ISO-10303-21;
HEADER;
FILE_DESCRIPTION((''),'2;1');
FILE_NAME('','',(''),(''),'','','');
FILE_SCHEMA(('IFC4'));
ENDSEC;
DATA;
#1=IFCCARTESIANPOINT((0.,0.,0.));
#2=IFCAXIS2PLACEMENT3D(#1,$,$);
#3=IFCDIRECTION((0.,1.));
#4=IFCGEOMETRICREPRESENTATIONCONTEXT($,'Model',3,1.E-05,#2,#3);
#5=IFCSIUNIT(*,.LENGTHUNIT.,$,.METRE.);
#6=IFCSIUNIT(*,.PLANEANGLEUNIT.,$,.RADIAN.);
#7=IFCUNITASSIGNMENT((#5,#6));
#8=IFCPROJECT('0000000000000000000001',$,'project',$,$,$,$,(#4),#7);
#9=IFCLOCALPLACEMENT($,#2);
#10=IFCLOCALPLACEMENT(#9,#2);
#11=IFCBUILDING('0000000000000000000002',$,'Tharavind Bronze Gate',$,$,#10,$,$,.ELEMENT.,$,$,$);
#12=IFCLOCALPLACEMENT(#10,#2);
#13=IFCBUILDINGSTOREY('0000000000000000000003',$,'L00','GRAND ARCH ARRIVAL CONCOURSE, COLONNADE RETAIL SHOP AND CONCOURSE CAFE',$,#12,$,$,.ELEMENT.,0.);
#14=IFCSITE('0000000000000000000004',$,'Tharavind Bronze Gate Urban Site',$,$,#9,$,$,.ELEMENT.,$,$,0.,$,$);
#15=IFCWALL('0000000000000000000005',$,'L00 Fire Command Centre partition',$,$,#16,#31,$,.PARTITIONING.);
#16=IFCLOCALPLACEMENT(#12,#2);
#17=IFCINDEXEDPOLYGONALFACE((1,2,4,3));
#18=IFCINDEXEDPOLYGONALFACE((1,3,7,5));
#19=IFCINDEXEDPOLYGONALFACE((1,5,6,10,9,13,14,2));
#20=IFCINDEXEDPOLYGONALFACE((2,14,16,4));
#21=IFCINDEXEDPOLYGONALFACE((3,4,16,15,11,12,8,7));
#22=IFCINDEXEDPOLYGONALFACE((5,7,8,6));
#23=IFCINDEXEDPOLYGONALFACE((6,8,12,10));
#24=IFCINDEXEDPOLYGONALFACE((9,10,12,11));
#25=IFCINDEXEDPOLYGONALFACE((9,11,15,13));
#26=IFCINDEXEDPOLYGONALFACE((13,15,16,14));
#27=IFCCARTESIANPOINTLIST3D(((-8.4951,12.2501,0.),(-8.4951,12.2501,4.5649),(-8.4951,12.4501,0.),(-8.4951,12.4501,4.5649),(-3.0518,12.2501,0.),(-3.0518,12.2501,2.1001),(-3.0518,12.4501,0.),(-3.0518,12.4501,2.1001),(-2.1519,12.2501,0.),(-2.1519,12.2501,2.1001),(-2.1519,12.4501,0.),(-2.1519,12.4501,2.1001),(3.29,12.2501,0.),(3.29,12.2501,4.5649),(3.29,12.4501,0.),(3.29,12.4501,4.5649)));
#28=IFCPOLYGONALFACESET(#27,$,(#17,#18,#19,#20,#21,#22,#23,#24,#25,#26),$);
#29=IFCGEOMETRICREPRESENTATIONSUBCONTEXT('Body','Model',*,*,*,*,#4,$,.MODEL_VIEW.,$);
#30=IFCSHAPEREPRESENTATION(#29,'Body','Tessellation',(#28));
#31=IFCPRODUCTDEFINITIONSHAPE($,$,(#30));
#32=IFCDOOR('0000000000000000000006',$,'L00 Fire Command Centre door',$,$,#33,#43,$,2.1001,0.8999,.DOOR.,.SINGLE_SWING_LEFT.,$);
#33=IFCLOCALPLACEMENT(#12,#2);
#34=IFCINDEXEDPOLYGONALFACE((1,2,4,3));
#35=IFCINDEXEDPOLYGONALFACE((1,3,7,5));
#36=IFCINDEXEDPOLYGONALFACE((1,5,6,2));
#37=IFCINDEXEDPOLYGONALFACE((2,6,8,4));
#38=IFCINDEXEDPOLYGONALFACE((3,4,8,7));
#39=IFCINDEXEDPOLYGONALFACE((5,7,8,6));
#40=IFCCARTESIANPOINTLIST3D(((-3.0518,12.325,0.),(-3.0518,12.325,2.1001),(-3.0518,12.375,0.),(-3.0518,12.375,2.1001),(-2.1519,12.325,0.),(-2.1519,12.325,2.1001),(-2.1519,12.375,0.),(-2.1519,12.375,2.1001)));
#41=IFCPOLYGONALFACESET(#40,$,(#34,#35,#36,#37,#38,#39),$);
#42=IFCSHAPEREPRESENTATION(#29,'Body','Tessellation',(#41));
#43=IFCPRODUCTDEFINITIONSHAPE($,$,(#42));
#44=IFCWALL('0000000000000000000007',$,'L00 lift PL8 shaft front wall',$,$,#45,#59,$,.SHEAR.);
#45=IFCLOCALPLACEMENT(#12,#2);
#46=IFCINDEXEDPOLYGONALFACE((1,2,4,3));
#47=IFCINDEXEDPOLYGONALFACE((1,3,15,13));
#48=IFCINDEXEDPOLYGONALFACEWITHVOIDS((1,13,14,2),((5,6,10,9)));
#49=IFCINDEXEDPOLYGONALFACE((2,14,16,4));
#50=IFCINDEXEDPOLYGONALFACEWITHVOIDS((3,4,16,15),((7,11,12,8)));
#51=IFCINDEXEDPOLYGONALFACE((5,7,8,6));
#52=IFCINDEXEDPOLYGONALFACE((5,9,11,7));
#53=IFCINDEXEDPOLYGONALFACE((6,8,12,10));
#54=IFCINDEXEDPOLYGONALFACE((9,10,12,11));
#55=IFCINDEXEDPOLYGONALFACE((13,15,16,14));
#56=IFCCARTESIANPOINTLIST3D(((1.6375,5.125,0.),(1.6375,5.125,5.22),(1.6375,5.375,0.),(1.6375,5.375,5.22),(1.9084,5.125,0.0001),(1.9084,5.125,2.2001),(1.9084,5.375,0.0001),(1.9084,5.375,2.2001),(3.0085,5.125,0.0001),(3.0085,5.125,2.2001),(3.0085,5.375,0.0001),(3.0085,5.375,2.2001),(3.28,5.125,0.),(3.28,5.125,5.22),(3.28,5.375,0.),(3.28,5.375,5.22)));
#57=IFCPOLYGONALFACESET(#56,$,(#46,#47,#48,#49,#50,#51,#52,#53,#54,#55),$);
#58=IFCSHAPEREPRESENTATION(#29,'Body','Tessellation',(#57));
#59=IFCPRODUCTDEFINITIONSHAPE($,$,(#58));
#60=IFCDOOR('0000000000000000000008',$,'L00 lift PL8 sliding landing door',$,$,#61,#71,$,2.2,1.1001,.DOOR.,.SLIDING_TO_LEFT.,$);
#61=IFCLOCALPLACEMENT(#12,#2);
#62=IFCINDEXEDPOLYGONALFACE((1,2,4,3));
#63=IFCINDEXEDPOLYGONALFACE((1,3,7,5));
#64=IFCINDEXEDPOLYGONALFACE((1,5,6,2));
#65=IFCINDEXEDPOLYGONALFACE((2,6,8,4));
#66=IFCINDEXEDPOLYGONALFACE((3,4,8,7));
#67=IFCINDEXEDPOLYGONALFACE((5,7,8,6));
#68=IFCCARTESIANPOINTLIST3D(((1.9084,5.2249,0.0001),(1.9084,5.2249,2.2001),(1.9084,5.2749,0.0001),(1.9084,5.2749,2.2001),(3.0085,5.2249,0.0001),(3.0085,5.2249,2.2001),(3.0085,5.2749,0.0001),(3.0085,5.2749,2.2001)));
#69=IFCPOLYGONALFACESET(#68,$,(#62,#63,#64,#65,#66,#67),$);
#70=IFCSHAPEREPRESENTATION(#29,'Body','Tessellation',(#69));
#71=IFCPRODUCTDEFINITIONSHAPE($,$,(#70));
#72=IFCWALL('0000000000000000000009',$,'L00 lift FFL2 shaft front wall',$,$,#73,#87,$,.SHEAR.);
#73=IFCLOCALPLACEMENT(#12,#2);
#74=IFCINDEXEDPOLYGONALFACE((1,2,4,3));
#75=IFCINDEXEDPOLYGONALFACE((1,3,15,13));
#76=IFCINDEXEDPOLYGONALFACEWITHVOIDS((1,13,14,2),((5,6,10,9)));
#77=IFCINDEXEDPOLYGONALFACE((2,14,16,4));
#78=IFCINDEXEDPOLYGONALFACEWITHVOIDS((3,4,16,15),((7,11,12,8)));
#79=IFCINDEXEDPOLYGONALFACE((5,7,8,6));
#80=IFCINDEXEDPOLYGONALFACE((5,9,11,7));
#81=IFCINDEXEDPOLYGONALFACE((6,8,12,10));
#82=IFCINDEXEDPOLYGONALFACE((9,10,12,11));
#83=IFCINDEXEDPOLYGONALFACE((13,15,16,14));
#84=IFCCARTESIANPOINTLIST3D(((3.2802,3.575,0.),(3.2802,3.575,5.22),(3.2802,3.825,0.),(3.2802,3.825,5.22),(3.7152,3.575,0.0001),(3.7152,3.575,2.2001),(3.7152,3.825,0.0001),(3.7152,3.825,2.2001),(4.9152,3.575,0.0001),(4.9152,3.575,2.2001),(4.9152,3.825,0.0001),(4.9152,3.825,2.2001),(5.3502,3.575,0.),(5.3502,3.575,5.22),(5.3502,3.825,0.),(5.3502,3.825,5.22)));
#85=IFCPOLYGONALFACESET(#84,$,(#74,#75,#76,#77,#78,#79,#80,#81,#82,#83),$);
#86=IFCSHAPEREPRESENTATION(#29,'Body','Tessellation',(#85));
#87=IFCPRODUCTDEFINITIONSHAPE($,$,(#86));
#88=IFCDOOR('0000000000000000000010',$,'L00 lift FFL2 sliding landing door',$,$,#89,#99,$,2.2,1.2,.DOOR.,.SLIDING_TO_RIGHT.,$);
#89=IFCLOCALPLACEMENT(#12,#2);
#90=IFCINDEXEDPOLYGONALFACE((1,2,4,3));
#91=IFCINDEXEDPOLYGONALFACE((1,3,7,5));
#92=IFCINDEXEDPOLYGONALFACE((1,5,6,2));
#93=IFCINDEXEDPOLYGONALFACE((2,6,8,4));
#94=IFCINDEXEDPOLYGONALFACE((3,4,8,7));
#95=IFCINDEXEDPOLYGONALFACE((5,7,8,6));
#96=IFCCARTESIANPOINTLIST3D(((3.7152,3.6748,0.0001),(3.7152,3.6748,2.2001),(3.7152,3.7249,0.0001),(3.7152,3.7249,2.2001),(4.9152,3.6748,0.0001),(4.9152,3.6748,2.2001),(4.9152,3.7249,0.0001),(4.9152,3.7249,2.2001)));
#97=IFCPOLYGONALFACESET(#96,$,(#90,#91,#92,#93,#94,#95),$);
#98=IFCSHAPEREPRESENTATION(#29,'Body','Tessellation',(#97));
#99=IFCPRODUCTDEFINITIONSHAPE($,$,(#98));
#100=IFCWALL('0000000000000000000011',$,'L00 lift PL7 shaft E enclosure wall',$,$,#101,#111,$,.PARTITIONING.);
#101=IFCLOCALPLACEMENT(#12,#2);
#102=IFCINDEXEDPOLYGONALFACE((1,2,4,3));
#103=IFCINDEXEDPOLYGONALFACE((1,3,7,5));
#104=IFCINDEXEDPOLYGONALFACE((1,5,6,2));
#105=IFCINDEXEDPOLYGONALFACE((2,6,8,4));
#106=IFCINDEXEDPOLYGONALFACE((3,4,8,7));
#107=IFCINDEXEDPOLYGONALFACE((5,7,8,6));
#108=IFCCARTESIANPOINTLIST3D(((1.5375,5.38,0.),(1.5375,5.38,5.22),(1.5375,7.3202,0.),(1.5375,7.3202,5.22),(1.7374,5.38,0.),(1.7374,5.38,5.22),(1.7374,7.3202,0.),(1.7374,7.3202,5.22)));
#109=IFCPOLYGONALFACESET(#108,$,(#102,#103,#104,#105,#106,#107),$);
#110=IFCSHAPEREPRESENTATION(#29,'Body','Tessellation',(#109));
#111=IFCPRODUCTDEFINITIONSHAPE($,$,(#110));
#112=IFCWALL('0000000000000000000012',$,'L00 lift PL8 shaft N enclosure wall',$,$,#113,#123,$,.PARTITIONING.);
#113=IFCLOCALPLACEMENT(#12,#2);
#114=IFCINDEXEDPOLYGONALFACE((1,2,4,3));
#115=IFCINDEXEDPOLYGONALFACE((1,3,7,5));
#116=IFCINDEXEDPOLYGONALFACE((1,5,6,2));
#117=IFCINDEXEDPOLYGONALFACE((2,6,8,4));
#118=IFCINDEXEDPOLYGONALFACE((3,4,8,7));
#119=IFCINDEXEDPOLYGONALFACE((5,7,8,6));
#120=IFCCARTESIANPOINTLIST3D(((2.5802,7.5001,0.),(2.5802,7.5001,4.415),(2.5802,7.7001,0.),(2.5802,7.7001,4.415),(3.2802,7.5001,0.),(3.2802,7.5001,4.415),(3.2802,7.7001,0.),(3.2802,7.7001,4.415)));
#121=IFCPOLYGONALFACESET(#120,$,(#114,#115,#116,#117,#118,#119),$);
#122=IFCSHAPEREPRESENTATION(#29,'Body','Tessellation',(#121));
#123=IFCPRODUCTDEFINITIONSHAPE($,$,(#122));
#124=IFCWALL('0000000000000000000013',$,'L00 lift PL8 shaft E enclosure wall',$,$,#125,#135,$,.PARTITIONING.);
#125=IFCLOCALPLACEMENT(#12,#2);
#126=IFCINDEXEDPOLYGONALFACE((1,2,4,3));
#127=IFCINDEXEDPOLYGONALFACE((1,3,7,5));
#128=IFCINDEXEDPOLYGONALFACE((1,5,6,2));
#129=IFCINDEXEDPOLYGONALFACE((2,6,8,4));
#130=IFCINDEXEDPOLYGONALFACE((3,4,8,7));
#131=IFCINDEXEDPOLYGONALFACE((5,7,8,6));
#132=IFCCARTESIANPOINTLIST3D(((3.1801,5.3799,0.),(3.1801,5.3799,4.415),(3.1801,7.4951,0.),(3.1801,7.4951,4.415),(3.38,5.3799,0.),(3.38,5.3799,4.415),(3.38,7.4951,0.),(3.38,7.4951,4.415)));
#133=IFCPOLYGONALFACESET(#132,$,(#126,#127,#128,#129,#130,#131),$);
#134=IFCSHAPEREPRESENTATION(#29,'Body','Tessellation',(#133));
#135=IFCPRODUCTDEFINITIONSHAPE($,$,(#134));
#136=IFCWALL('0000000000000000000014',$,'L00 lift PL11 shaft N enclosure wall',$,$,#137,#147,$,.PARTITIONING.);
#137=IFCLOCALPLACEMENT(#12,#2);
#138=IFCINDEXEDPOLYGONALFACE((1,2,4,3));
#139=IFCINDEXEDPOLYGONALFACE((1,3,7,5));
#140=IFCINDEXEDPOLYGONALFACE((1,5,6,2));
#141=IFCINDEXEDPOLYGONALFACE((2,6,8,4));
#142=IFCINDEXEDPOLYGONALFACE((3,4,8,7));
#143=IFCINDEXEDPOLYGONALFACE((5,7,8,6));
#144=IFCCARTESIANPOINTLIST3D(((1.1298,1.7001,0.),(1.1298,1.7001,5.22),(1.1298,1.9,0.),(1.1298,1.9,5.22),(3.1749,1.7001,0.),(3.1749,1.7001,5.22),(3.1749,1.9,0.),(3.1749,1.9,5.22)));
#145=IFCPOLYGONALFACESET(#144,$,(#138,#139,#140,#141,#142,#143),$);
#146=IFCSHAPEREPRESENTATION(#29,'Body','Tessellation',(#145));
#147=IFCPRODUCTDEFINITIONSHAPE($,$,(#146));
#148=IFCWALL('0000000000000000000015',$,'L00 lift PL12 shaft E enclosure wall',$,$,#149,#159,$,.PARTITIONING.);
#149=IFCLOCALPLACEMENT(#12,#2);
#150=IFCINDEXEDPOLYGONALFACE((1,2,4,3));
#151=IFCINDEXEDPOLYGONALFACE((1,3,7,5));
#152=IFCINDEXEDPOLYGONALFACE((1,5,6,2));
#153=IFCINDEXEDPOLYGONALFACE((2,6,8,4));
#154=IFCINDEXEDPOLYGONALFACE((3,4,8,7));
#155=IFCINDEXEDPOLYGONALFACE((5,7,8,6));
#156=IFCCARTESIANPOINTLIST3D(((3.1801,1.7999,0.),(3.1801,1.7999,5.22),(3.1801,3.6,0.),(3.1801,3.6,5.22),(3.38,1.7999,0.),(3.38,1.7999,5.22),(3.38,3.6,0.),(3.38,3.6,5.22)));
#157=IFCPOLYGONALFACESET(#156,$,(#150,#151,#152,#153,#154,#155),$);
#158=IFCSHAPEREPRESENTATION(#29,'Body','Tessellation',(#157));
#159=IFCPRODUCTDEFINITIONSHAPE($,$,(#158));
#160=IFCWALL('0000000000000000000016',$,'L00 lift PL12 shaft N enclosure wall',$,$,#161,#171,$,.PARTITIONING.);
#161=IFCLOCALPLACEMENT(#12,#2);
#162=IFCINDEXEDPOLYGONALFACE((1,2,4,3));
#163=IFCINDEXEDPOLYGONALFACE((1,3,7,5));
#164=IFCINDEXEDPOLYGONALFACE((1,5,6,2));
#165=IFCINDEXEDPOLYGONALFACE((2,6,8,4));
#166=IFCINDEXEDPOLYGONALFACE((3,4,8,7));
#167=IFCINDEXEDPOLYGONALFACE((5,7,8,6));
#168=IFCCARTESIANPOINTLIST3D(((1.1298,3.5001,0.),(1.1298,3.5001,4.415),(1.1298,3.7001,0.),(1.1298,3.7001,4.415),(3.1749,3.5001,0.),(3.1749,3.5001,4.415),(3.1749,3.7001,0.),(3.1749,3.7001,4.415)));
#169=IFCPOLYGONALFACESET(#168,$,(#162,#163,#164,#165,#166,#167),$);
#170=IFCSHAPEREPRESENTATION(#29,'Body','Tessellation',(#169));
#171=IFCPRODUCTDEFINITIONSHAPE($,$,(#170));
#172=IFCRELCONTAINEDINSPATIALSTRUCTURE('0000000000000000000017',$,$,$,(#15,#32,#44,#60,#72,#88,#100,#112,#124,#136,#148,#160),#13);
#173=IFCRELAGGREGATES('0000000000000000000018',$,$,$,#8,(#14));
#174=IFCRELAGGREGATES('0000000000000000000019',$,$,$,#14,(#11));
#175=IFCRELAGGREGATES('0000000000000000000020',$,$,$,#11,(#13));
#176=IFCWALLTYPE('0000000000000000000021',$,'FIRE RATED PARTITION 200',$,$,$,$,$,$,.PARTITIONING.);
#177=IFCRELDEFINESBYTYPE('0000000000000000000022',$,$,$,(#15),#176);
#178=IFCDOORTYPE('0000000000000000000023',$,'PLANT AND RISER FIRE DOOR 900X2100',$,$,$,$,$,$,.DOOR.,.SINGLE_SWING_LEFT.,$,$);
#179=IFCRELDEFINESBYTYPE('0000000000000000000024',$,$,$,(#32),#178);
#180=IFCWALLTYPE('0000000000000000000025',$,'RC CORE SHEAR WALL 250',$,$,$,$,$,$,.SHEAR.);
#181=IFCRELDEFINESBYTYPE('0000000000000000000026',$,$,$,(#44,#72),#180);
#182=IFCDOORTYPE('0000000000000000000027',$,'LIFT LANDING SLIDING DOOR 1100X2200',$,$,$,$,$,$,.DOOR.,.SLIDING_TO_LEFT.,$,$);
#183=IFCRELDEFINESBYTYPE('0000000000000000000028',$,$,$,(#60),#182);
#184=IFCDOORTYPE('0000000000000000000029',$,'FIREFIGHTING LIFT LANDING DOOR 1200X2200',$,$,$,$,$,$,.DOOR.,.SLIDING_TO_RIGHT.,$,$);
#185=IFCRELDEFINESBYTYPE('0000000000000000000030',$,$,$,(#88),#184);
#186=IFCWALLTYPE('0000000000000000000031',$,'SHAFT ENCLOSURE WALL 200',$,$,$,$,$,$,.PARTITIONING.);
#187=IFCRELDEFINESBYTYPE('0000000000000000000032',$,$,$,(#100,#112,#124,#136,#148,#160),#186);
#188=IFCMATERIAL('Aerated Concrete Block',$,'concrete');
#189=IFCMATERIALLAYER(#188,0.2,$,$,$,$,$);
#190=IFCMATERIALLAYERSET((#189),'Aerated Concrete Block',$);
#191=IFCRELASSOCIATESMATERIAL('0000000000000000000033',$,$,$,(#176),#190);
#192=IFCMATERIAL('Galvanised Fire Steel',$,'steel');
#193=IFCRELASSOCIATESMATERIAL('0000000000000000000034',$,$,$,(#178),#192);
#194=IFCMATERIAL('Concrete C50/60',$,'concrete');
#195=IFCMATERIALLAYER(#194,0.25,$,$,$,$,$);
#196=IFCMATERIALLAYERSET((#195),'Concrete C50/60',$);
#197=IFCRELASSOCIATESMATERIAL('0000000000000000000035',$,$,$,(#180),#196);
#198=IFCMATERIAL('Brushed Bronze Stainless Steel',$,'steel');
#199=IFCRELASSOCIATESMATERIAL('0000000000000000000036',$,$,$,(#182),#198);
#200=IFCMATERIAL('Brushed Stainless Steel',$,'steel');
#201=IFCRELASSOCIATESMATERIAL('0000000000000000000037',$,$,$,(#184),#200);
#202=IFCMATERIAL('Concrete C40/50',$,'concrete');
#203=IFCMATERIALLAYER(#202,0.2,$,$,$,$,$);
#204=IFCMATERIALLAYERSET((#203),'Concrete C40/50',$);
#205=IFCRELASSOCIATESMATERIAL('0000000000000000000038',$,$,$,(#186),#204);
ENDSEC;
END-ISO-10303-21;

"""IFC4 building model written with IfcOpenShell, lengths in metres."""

from ifc_helpers import new_model, si_unit, direction, frame, frame_2d, origin, place, context, subcontext, project, spatial, rectangle, extrude, material, layer, layer_set, type_object, element, fill, save


model = new_model("IFC4")

# Units and contexts
model_context = context("Model", 3, precision=1e-05, world=origin(), true_north=direction((0.0, 1.0)))
body_context = subcontext(model_context, "Body", "Model", "MODEL_VIEW")
ifc_project = project(units=[si_unit("LENGTHUNIT", "METRE"), si_unit("PLANEANGLEUNIT", "RADIAN")], contexts=[model_context])

# Site, building, storey
site_placement = place(None, origin())
site = spatial("IfcSite", under=ifc_project, at=site_placement, Name="Tharavind Bronze Gate Urban Site", CompositionType="ELEMENT", RefElevation=0.0)
building_placement = place(site_placement, origin())
building = spatial("IfcBuilding", under=site, at=building_placement, Name="Tharavind Bronze Gate", CompositionType="ELEMENT")
storey_placement = place(building_placement, origin())
storey = spatial("IfcBuildingStorey", under=building, at=storey_placement, Name="L00", Description="GRAND ARCH ARRIVAL CONCOURSE, COLONNADE RETAIL SHOP AND CONCOURSE CAFE", CompositionType="ELEMENT", Elevation=0.0)

# Shared definitions
ifc_material_1 = material(Name="Concrete C50/60", Category="concrete")

# Shared definitions
ifc_material_2 = material(Name="Aerated Concrete Block", Category="concrete")
ifc_layer_1 = layer(ifc_material_2, 0.2)
ifc_layer_set_1 = layer_set([ifc_layer_1], Name="Aerated Concrete Block")
wall_type_1 = type_object("IfcWallType", Name="FIRE RATED PARTITION 200", PredefinedType="PARTITIONING", material=ifc_layer_set_1)

# Walls, openings, doors
wall_1_placement = place(storey_placement, frame((3.29, 12.3501, 0.0), z_axis=(0.0, 0.0, 1.0), x_axis=(-1.0, 0.0, 0.0)))
wall_1 = element("IfcWall", 1, at=wall_1_placement, inside=storey, type_object=wall_type_1, Name="L00 Fire Command Centre partition", PredefinedType="PARTITIONING", context=body_context, shape_type="SweptSolid", body=[
    extrude(rectangle(XDim=11.7852, YDim=0.2, at=frame_2d((5.8926, 0.0))), origin(), (0.0, 0.0, 1.0), 4.5649),
])
opening_1_placement = place(wall_1_placement, frame((5.4419, 0.0, 0.0)))
opening_1 = element("IfcOpeningElement", 2, at=opening_1_placement, cuts=wall_1, PredefinedType="OPENING", context=body_context, shape_type="SweptSolid", body=[
    extrude(rectangle(XDim=0.8999, YDim=2.1001, at=frame_2d((0.45, 1.05))), frame((0.0, 0.1101, 0.0), z_axis=(0.0, -1.0, 0.0), x_axis=(1.0, 0.0, 0.0)), (0.0, 0.0, 1.0), 0.22),
])
ifc_material_3 = material(Name="Galvanised Fire Steel", Category="steel")
door_type_1 = type_object("IfcDoorType", Name="PLANT AND RISER FIRE DOOR 900X2100", OperationType="SINGLE_SWING_LEFT", PredefinedType="DOOR", material=ifc_material_3)
door_1_placement = place(opening_1_placement, frame((0.8999, 0.0, 0.0), z_axis=(0.0, 0.0, 1.0), x_axis=(-1.0, 0.0, 0.0)))
door_1 = element("IfcDoor", 3, at=door_1_placement, inside=storey, type_object=door_type_1, Name="L00 Fire Command Centre door", OperationType="SINGLE_SWING_LEFT", OverallHeight=2.1001, OverallWidth=0.8999, PredefinedType="DOOR", context=body_context, shape_type="SweptSolid", body=[
    extrude(rectangle(XDim=0.8999, YDim=2.1001, at=frame_2d((0.45, 1.05))), frame((0.0, 0.0249, 0.0), z_axis=(0.0, -1.0, 0.0), x_axis=(1.0, 0.0, 0.0)), (0.0, 0.0, 1.0), 0.05),
])
fill(opening_1, door_1)
ifc_layer_2 = layer(ifc_material_1, 0.25)
ifc_layer_set_2 = layer_set([ifc_layer_2], Name="Concrete C50/60")
wall_type_2 = type_object("IfcWallType", Name="RC CORE SHEAR WALL 250", PredefinedType="SHEAR", material=ifc_layer_set_2)
wall_2_placement = place(storey_placement, frame((1.6375, 5.25, 0.0), z_axis=(0.0, 0.0, 1.0), x_axis=(1.0, 0.0, 0.0)))
wall_2 = element("IfcWall", 4, at=wall_2_placement, inside=storey, type_object=wall_type_2, Name="L00 lift PL8 shaft front wall", PredefinedType="SHEAR", context=body_context, shape_type="SweptSolid", body=[
    extrude(rectangle(XDim=1.6426, YDim=0.25, at=frame_2d((0.8213, 0.0))), origin(), (0.0, 0.0, 1.0), 5.22),
])
opening_2_placement = place(wall_2_placement, frame((0.271, 0.0, 0.0)))
opening_2 = element("IfcOpeningElement", 5, at=opening_2_placement, cuts=wall_2, PredefinedType="OPENING", context=body_context, shape_type="SweptSolid", body=[
    extrude(rectangle(XDim=1.1001, YDim=2.2, at=frame_2d((0.55, 1.1001))), frame((0.0, 0.135, 0.0), z_axis=(0.0, -1.0, 0.0), x_axis=(1.0, 0.0, 0.0)), (0.0, 0.0, 1.0), 0.27),
])
ifc_material_4 = material(Name="Brushed Bronze Stainless Steel", Category="steel")
door_type_2 = type_object("IfcDoorType", Name="LIFT LANDING SLIDING DOOR 1100X2200", OperationType="SLIDING_TO_LEFT", PredefinedType="DOOR", material=ifc_material_4)
door_2_placement = place(opening_2_placement, origin())
door_2 = element("IfcDoor", 6, at=door_2_placement, inside=storey, type_object=door_type_2, Name="L00 lift PL8 sliding landing door", OperationType="SLIDING_TO_LEFT", OverallHeight=2.2, OverallWidth=1.1001, PredefinedType="DOOR", context=body_context, shape_type="SweptSolid", body=[
    extrude(rectangle(XDim=1.1001, YDim=2.2, at=frame_2d((0.55, 1.1001))), frame((0.0, 0.0249, 0.0), z_axis=(0.0, -1.0, 0.0), x_axis=(1.0, 0.0, 0.0)), (0.0, 0.0, 1.0), 0.05),
])
fill(opening_2, door_2)
wall_3_placement = place(storey_placement, frame((3.28, 3.7, 0.0), z_axis=(0.0, 0.0, 1.0), x_axis=(1.0, 0.0, 0.0)))
wall_3 = element("IfcWall", 7, at=wall_3_placement, inside=storey, type_object=wall_type_2, Name="L00 lift FFL2 shaft front wall", PredefinedType="SHEAR", context=body_context, shape_type="SweptSolid", body=[
    extrude(rectangle(XDim=2.0701, YDim=0.25, at=frame_2d((1.0352, 0.0))), origin(), (0.0, 0.0, 1.0), 5.22),
])
opening_3_placement = place(wall_3_placement, frame((0.4351, 0.0, 0.0)))
opening_3 = element("IfcOpeningElement", 8, at=opening_3_placement, cuts=wall_3, PredefinedType="OPENING", context=body_context, shape_type="SweptSolid", body=[
    extrude(rectangle(XDim=1.2, YDim=2.2, at=frame_2d((0.6001, 1.1001))), frame((0.0, 0.135, 0.0), z_axis=(0.0, -1.0, 0.0), x_axis=(1.0, 0.0, 0.0)), (0.0, 0.0, 1.0), 0.27),
])
ifc_material_5 = material(Name="Brushed Stainless Steel", Category="steel")
door_type_3 = type_object("IfcDoorType", Name="FIREFIGHTING LIFT LANDING DOOR 1200X2200", OperationType="SLIDING_TO_RIGHT", PredefinedType="DOOR", material=ifc_material_5)
door_3_placement = place(opening_3_placement, origin())
door_3 = element("IfcDoor", 9, at=door_3_placement, inside=storey, type_object=door_type_3, Name="L00 lift FFL2 sliding landing door", OperationType="SLIDING_TO_RIGHT", OverallHeight=2.2, OverallWidth=1.2, PredefinedType="DOOR", context=body_context, shape_type="SweptSolid", body=[
    extrude(rectangle(XDim=1.2, YDim=2.2, at=frame_2d((0.6001, 1.1001))), frame((0.0, 0.0249, 0.0), z_axis=(0.0, -1.0, 0.0), x_axis=(1.0, 0.0, 0.0)), (0.0, 0.0, 1.0), 0.05),
])
fill(opening_3, door_3)

# Walls
ifc_material_6 = material(Name="Concrete C40/50", Category="concrete")
ifc_layer_3 = layer(ifc_material_6, 0.2)
ifc_layer_set_3 = layer_set([ifc_layer_3], Name="Concrete C40/50")
wall_type_3 = type_object("IfcWallType", Name="SHAFT ENCLOSURE WALL 200", PredefinedType="PARTITIONING", material=ifc_layer_set_3)
wall_4_placement = place(storey_placement, frame((1.6375, 5.3799, 0.0), z_axis=(0.0, 0.0, 1.0), x_axis=(0.0, 1.0, 0.0)))
element("IfcWall", 10, at=wall_4_placement, inside=storey, type_object=wall_type_3, Name="L00 lift PL7 shaft E enclosure wall", PredefinedType="PARTITIONING", context=body_context, shape_type="SweptSolid", body=[
    extrude(rectangle(XDim=1.9402, YDim=0.2, at=frame_2d((0.9702, 0.0))), origin(), (0.0, 0.0, 1.0), 5.22),
])
wall_5_placement = place(storey_placement, frame((2.5801, 7.6001, 0.0), z_axis=(0.0, 0.0, 1.0), x_axis=(1.0, 0.0, 0.0)))
element("IfcWall", 11, at=wall_5_placement, inside=storey, type_object=wall_type_3, Name="L00 lift PL8 shaft N enclosure wall", PredefinedType="PARTITIONING", context=body_context, shape_type="SweptSolid", body=[
    extrude(rectangle(XDim=0.7, YDim=0.2, at=frame_2d((0.3501, 0.0))), origin(), (0.0, 0.0, 1.0), 4.415),
])
wall_6_placement = place(storey_placement, frame((3.28, 5.3799, 0.0), z_axis=(0.0, 0.0, 1.0), x_axis=(0.0, 1.0, 0.0)))
element("IfcWall", 12, at=wall_6_placement, inside=storey, type_object=wall_type_3, Name="L00 lift PL8 shaft E enclosure wall", PredefinedType="PARTITIONING", context=body_context, shape_type="SweptSolid", body=[
    extrude(rectangle(XDim=2.1152, YDim=0.2, at=frame_2d((1.0576, 0.0))), origin(), (0.0, 0.0, 1.0), 4.415),
])
wall_7_placement = place(storey_placement, frame((1.1299, 1.8, 0.0), z_axis=(0.0, 0.0, 1.0), x_axis=(1.0, 0.0, 0.0)))
element("IfcWall", 13, at=wall_7_placement, inside=storey, type_object=wall_type_3, Name="L00 lift PL11 shaft N enclosure wall", PredefinedType="PARTITIONING", context=body_context, shape_type="SweptSolid", body=[
    extrude(rectangle(XDim=2.0452, YDim=0.2, at=frame_2d((1.0225, 0.0))), origin(), (0.0, 0.0, 1.0), 5.22),
])
wall_8_placement = place(storey_placement, frame((3.28, 1.8, 0.0), z_axis=(0.0, 0.0, 1.0), x_axis=(0.0, 1.0, 0.0)))
element("IfcWall", 14, at=wall_8_placement, inside=storey, type_object=wall_type_3, Name="L00 lift PL12 shaft E enclosure wall", PredefinedType="PARTITIONING", context=body_context, shape_type="SweptSolid", body=[
    extrude(rectangle(XDim=1.8, YDim=0.2, at=frame_2d((0.8999, 0.0))), origin(), (0.0, 0.0, 1.0), 5.22),
])
wall_9_placement = place(storey_placement, frame((1.1299, 3.6001, 0.0), z_axis=(0.0, 0.0, 1.0), x_axis=(1.0, 0.0, 0.0)))
element("IfcWall", 15, at=wall_9_placement, inside=storey, type_object=wall_type_3, Name="L00 lift PL12 shaft N enclosure wall", PredefinedType="PARTITIONING", context=body_context, shape_type="SweptSolid", body=[
    extrude(rectangle(XDim=2.0452, YDim=0.2, at=frame_2d((1.0225, 0.0))), origin(), (0.0, 0.0, 1.0), 4.415),
])

save(model, "model.ifc")
